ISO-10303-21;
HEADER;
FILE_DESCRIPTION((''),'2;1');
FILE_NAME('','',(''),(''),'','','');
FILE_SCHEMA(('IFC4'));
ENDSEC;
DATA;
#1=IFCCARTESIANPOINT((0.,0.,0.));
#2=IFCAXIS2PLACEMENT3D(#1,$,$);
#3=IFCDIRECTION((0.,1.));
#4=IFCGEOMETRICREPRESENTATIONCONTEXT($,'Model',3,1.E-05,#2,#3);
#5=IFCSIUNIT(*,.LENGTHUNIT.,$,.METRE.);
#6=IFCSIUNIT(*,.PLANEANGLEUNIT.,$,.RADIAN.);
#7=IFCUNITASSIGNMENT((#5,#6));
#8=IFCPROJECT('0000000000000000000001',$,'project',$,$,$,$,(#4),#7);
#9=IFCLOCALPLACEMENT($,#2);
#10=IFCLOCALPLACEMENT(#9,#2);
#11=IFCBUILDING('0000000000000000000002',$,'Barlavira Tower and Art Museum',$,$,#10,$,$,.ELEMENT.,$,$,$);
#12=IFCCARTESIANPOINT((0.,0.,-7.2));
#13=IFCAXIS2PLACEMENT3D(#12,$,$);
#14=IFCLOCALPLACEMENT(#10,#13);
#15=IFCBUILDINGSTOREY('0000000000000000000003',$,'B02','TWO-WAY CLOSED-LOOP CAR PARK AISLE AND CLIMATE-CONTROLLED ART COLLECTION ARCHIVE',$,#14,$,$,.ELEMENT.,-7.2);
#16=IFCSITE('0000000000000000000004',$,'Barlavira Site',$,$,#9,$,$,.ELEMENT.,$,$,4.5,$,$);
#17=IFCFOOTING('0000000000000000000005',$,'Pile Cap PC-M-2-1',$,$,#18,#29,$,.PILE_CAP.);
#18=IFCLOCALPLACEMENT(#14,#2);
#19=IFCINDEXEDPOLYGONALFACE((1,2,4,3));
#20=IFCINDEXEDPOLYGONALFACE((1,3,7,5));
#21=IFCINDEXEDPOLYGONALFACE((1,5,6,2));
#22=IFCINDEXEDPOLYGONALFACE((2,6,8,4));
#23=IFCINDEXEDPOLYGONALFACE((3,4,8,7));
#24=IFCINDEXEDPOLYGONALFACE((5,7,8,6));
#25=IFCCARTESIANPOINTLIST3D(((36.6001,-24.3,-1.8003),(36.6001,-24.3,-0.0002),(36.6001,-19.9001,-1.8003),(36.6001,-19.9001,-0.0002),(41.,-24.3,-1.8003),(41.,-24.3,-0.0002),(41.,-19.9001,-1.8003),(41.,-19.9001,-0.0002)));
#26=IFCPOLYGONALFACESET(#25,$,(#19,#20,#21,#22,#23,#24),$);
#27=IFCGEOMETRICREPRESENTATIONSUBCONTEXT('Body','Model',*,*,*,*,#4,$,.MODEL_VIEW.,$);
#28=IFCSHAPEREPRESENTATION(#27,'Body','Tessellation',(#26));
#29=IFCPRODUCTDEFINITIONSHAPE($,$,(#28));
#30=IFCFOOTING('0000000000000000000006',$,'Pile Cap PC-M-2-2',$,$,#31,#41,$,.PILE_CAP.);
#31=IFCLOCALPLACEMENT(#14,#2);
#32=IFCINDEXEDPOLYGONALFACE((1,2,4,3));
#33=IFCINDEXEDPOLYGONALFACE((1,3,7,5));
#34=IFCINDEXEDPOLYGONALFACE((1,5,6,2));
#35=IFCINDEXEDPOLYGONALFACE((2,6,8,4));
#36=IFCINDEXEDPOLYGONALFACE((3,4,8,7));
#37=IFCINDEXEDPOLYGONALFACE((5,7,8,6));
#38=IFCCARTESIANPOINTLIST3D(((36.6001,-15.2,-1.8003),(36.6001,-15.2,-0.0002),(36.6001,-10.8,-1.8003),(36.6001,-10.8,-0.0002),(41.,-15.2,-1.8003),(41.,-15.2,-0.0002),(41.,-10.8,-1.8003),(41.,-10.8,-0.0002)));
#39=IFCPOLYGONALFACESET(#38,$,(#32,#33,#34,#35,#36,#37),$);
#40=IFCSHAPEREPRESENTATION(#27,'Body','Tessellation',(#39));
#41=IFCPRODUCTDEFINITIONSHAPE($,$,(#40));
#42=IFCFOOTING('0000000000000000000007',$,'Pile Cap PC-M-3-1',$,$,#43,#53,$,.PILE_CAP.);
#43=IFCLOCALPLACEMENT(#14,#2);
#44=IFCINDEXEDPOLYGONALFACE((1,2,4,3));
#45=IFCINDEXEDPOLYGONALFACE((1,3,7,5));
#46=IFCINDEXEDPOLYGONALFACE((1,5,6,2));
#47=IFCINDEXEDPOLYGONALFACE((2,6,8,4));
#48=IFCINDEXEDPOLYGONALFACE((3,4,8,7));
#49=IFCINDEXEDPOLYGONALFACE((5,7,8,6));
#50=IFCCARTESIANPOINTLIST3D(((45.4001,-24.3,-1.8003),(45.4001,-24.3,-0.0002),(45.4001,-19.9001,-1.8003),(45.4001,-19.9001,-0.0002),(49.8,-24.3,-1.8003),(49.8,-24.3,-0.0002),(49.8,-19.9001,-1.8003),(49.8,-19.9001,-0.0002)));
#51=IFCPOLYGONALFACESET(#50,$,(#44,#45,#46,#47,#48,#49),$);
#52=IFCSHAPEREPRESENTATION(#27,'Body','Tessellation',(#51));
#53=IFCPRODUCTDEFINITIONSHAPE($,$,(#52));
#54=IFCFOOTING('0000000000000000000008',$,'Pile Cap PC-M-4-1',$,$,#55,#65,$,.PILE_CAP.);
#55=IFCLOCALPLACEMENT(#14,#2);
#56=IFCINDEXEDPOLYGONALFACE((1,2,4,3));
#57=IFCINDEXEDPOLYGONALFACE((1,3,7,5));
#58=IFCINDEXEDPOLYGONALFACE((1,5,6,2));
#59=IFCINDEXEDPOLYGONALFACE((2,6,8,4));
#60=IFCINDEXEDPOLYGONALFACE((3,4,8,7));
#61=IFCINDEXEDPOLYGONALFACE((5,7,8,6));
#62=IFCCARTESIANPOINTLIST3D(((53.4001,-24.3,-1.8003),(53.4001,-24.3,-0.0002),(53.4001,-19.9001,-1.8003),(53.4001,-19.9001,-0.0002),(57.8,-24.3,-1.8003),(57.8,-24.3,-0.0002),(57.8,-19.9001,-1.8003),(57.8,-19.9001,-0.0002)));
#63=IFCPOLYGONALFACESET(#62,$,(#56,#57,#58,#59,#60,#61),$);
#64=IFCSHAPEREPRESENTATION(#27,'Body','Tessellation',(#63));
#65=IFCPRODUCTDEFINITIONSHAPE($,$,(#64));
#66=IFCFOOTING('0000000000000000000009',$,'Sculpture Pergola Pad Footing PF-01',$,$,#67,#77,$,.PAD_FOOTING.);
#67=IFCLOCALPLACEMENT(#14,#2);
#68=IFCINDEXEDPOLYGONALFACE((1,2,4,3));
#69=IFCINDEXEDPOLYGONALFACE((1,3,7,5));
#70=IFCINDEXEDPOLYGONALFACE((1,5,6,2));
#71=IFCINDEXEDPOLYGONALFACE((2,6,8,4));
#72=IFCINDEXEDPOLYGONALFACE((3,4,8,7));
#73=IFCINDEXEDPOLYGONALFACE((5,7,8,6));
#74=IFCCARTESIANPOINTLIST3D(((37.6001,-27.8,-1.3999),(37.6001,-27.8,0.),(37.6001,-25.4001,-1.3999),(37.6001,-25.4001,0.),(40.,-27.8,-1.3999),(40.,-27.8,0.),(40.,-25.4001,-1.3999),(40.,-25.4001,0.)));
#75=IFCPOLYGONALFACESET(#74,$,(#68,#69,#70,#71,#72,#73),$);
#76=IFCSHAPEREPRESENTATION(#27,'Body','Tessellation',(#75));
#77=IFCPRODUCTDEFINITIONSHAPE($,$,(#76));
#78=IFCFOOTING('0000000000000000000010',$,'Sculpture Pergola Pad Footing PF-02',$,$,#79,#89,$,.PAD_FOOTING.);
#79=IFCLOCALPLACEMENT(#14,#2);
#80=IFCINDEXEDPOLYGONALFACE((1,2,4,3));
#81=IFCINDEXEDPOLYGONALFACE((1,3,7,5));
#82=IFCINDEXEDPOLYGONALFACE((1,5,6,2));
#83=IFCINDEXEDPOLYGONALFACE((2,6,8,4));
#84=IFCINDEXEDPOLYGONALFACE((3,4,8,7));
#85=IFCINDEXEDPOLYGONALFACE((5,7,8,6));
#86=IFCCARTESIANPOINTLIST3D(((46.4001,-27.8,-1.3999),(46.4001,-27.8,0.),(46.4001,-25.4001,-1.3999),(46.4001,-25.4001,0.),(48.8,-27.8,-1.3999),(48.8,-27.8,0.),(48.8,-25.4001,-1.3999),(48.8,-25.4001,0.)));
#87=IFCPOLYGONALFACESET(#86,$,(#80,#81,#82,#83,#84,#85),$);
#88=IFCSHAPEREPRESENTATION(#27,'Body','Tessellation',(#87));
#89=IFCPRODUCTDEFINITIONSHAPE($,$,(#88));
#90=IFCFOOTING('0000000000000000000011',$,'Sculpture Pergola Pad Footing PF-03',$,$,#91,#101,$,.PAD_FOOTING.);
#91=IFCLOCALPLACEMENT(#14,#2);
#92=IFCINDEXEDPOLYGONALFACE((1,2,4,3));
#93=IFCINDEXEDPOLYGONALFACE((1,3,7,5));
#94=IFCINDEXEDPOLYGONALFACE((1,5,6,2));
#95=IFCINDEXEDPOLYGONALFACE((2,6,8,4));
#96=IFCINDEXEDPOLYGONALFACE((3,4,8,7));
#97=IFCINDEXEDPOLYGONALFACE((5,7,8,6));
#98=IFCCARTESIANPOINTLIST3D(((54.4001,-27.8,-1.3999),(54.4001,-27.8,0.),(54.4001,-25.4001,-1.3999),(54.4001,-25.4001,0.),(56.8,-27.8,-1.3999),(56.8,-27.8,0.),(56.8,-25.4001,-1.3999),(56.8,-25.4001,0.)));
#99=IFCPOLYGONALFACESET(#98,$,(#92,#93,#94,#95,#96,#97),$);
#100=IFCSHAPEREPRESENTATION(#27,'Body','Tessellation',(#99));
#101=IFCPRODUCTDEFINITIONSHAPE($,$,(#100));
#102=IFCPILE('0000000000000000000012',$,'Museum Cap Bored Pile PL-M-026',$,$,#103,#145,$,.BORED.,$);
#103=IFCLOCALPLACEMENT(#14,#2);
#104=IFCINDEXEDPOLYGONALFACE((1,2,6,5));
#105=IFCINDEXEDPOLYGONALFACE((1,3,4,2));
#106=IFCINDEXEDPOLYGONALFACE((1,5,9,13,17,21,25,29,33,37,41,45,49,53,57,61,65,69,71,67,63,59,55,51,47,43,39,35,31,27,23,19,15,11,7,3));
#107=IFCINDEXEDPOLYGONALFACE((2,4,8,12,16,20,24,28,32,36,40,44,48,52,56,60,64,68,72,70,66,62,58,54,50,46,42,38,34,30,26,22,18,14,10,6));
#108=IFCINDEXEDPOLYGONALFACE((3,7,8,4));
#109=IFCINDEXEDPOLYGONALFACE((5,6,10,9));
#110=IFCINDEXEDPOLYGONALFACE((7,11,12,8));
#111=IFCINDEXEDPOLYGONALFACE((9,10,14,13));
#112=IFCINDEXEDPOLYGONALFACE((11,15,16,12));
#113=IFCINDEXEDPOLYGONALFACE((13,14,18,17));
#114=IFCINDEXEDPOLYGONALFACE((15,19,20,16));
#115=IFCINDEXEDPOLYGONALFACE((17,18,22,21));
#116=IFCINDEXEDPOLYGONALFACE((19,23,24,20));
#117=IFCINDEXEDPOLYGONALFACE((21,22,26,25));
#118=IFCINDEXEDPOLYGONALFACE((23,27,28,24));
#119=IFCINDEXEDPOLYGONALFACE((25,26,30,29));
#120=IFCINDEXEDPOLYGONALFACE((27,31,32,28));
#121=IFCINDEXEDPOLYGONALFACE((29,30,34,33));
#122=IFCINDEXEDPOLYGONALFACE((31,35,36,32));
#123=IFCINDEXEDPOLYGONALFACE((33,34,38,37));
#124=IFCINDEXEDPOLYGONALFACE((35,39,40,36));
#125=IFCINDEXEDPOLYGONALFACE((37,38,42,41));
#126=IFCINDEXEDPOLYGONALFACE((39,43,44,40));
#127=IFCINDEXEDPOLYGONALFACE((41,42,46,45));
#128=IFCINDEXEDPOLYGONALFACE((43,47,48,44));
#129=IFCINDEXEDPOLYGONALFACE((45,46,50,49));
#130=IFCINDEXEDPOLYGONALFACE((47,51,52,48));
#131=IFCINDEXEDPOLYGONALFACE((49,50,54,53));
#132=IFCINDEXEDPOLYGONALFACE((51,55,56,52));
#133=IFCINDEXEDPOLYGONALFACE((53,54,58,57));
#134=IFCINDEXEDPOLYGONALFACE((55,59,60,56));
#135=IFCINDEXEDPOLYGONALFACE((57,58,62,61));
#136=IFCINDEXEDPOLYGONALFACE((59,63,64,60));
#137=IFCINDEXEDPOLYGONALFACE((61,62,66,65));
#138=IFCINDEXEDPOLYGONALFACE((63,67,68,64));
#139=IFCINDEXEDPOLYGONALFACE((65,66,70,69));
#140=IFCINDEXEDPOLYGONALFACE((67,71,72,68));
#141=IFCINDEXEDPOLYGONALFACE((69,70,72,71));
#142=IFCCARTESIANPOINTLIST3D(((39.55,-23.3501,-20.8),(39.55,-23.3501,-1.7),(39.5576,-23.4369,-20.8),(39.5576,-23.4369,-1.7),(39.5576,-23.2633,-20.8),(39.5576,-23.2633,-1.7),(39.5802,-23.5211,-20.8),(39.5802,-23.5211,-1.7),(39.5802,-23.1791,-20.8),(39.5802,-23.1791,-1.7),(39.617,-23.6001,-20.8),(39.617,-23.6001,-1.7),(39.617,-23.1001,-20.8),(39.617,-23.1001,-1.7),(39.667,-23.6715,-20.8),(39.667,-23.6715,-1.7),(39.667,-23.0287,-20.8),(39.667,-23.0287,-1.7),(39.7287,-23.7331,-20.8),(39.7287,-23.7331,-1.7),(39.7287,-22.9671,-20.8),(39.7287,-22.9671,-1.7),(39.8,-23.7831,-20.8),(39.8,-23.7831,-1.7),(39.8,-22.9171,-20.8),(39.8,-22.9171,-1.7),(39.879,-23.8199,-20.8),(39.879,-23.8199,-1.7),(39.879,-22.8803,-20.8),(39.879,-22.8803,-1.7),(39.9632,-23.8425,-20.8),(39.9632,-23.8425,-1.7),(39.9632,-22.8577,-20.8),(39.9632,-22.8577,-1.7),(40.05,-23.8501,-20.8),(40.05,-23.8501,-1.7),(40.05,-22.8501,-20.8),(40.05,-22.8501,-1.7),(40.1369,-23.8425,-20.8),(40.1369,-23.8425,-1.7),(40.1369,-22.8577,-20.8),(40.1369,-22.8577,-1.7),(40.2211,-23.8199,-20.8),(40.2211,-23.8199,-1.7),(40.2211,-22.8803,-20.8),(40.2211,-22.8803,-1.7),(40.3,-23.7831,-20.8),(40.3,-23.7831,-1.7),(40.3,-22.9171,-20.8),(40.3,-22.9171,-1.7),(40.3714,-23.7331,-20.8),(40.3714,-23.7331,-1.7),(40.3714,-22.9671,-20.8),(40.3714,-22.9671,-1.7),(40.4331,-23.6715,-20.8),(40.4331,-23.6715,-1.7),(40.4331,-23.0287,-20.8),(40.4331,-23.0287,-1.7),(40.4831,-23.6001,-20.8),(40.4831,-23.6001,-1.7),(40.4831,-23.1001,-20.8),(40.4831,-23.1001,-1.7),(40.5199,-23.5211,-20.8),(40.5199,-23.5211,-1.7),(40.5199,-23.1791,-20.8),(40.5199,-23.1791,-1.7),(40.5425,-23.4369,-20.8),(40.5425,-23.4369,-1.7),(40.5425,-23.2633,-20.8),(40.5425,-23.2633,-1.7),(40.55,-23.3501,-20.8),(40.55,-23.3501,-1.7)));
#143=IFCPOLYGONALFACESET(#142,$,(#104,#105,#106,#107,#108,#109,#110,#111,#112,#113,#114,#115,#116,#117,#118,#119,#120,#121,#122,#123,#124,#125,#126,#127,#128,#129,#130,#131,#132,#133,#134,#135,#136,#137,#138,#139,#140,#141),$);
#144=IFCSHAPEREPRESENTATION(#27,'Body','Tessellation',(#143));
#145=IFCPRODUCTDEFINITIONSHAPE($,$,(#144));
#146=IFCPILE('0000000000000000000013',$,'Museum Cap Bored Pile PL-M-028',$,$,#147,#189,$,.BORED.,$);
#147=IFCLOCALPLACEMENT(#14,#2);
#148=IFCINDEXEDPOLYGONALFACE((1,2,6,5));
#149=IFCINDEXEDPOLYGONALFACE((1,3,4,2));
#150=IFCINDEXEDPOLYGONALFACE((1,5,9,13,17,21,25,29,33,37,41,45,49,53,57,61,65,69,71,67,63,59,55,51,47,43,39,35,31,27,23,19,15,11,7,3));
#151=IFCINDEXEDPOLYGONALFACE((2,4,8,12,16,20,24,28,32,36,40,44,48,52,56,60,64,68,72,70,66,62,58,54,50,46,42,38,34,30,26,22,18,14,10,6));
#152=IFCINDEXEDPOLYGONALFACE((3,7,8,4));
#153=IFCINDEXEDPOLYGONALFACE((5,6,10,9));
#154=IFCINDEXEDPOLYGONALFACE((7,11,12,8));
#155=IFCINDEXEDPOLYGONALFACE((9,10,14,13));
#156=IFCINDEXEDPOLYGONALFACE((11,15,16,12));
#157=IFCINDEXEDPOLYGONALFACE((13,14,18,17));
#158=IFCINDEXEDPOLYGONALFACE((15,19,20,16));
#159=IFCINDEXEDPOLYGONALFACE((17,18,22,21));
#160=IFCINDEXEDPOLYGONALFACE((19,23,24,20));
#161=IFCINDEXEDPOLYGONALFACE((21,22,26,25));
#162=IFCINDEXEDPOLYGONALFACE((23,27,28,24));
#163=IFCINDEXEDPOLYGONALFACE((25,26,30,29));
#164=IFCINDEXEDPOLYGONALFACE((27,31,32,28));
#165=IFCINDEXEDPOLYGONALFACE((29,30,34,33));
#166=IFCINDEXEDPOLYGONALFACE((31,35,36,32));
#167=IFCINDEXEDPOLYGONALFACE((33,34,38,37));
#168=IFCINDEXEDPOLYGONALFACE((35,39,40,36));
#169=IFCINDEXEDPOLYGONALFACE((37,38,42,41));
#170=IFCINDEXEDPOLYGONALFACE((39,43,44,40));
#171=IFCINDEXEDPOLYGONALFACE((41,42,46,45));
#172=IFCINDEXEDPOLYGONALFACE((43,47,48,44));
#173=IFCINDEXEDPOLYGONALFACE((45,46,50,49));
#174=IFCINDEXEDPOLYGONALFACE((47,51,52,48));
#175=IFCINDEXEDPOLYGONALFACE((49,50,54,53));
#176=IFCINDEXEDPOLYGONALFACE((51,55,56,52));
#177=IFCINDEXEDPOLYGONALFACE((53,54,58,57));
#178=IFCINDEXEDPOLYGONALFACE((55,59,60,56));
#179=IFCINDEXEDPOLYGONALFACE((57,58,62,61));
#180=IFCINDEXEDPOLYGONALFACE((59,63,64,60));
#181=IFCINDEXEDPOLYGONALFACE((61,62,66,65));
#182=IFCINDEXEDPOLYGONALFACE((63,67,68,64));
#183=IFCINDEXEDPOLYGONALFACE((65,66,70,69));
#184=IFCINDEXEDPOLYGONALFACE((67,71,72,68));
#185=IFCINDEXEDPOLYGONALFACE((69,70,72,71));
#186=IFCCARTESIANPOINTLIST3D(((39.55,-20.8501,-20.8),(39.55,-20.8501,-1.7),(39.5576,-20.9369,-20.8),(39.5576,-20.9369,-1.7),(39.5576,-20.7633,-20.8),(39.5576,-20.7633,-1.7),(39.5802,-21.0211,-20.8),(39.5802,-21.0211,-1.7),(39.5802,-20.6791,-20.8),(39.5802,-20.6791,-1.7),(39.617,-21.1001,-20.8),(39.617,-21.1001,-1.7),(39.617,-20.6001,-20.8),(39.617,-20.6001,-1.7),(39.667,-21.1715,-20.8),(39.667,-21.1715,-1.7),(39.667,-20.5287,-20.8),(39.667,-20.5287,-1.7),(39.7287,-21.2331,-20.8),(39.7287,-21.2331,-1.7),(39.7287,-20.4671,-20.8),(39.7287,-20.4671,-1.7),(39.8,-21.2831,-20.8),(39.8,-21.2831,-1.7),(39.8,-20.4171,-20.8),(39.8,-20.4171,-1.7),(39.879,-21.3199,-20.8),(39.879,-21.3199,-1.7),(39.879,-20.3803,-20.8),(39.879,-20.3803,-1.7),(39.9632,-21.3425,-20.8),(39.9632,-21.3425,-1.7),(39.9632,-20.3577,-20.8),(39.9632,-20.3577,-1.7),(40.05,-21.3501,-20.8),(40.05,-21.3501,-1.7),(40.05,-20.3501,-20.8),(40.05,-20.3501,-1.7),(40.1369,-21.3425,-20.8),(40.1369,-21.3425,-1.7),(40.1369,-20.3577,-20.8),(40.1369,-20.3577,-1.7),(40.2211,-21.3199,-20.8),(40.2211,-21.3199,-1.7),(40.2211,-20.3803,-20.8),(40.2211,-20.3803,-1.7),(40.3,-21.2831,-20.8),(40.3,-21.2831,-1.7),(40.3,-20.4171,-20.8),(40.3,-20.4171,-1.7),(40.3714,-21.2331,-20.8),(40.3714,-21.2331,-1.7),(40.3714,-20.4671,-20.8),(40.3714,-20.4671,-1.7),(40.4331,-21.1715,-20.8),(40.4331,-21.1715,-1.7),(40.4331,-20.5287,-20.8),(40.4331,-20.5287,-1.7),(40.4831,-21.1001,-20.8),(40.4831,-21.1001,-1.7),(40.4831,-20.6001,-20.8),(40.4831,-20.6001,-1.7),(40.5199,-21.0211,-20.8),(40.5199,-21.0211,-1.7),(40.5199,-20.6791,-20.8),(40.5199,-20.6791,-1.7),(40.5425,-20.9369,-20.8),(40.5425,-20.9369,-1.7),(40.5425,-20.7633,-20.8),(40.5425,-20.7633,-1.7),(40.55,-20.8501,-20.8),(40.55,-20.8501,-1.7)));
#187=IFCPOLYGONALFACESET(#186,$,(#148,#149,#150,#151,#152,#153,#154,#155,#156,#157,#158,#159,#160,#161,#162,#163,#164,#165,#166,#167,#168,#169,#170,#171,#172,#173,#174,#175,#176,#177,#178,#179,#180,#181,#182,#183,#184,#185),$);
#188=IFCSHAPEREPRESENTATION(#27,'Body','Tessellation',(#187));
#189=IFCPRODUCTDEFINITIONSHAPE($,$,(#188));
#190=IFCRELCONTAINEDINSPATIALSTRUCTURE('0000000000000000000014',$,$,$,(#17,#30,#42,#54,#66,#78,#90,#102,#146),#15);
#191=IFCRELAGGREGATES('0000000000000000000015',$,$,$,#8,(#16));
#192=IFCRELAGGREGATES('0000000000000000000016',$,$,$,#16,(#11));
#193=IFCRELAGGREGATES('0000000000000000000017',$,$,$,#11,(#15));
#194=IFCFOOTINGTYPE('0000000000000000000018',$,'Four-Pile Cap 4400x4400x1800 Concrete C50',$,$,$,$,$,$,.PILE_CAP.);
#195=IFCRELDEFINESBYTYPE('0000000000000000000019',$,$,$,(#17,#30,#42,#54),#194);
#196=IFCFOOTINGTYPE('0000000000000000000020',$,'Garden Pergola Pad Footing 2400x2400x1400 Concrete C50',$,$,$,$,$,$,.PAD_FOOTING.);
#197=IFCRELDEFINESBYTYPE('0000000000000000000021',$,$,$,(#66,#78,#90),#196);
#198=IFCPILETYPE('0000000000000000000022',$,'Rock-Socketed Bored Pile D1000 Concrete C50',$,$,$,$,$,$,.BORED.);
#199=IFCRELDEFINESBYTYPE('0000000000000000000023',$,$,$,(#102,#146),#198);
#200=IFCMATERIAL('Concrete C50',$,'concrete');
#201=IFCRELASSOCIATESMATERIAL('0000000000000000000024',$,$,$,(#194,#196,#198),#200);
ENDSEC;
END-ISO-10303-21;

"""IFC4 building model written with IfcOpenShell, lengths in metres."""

from ifc_helpers import new_model, si_unit, direction, frame, origin, origin_2d, place, context, subcontext, project, spatial, rectangle, circle, extrude, material, material_profile, profile_set, type_object, element, save


model = new_model("IFC4")

# Units and contexts
model_context = context("Model", 3, precision=1e-05, world=origin(), true_north=direction((0.0, 1.0)))
body_context = subcontext(model_context, "Body", "Model", "MODEL_VIEW")
ifc_project = project(units=[si_unit("LENGTHUNIT", "METRE"), si_unit("PLANEANGLEUNIT", "RADIAN")], contexts=[model_context])

# Site, building, storey
site_placement = place(None, origin())
site = spatial("IfcSite", under=ifc_project, at=site_placement, Name="Barlavira Site", CompositionType="ELEMENT", RefElevation=4.5)
building_placement = place(site_placement, origin())
building = spatial("IfcBuilding", under=site, at=building_placement, Name="Barlavira Tower and Art Museum", CompositionType="ELEMENT")
storey_placement = place(building_placement, frame((0.0, 0.0, -7.2)))
storey = spatial("IfcBuildingStorey", under=building, at=storey_placement, Name="B02", Description="TWO-WAY CLOSED-LOOP CAR PARK AISLE AND CLIMATE-CONTROLLED ART COLLECTION ARCHIVE", CompositionType="ELEMENT", Elevation=-7.2)

# Footings
ifc_material = material(Name="Concrete C50", Category="concrete")
footing_type_1 = type_object("IfcFootingType", Name="Four-Pile Cap 4400x4400x1800 Concrete C50", PredefinedType="PILE_CAP", material=ifc_material)
for number, where, z_axis, x_axis, name in (
    (1, (38.8, -22.1001, -1.8003), (0.0, 0.0, 1.0), (1.0, 0.0, 0.0), "Pile Cap PC-M-2-1"),
    (2, (38.8, -13.0, -1.8003), (0.0, 0.0, 1.0), (1.0, 0.0, 0.0), "Pile Cap PC-M-2-2"),
    (3, (47.6001, -22.1001, -1.8003), (0.0, 0.0, 1.0), (1.0, 0.0, 0.0), "Pile Cap PC-M-3-1"),
    (4, (55.6001, -22.1001, -1.8003), (0.0, 0.0, 1.0), (1.0, 0.0, 0.0), "Pile Cap PC-M-4-1"),
):
    element("IfcFooting", number, at=place(storey_placement, frame(where, z_axis=z_axis, x_axis=x_axis)), inside=storey, type_object=footing_type_1, Name=name, PredefinedType="PILE_CAP", context=body_context, shape_type="SweptSolid", body=[
        extrude(rectangle(XDim=4.3999, YDim=4.3999, at=origin_2d()), origin(), (0.0, 0.0, 1.0), 1.8),
    ])
footing_type_2 = type_object("IfcFootingType", Name="Garden Pergola Pad Footing 2400x2400x1400 Concrete C50", PredefinedType="PAD_FOOTING", material=ifc_material)
for number, where, z_axis, x_axis, name in (
    (5, (38.8, -26.6001, -1.3999), (0.0, 0.0, 1.0), (1.0, 0.0, 0.0), "Sculpture Pergola Pad Footing PF-01"),
    (6, (47.6001, -26.6001, -1.3999), (0.0, 0.0, 1.0), (1.0, 0.0, 0.0), "Sculpture Pergola Pad Footing PF-02"),
    (7, (55.6001, -26.6001, -1.3999), (0.0, 0.0, 1.0), (1.0, 0.0, 0.0), "Sculpture Pergola Pad Footing PF-03"),
):
    element("IfcFooting", number, at=place(storey_placement, frame(where, z_axis=z_axis, x_axis=x_axis)), inside=storey, type_object=footing_type_2, Name=name, PredefinedType="PAD_FOOTING", context=body_context, shape_type="SweptSolid", body=[
        extrude(rectangle(XDim=2.3999, YDim=2.3999, at=origin_2d()), origin(), (0.0, 0.0, 1.0), 1.3999),
    ])

# Piles
ifc_material_profile_1 = material_profile(ifc_material, circle(Radius=0.5, at=origin_2d()), Name="BORED PILE D1000")
ifc_profile_set_1 = profile_set([ifc_material_profile_1], Name="Concrete C50")
pile_type = type_object("IfcPileType", Name="Rock-Socketed Bored Pile D1000 Concrete C50", PredefinedType="BORED", material=ifc_profile_set_1)
for number, where, z_axis, x_axis, name in (
    (8, (40.05, -23.3501, -1.7), (0.0, 0.0, -1.0), (1.0, 0.0, 0.0), "Museum Cap Bored Pile PL-M-026"),
    (9, (40.05, -20.8501, -1.7), (0.0, 0.0, -1.0), (1.0, 0.0, 0.0), "Museum Cap Bored Pile PL-M-028"),
):
    element("IfcPile", number, at=place(storey_placement, frame(where, z_axis=z_axis, x_axis=x_axis)), inside=storey, type_object=pile_type, Name=name, PredefinedType="BORED", context=body_context, shape_type="SweptSolid", body=[
        extrude(circle(Radius=0.5, at=origin_2d()), origin(), (0.0, 0.0, 1.0), 19.1001),
    ])

save(model, "model.ifc")
